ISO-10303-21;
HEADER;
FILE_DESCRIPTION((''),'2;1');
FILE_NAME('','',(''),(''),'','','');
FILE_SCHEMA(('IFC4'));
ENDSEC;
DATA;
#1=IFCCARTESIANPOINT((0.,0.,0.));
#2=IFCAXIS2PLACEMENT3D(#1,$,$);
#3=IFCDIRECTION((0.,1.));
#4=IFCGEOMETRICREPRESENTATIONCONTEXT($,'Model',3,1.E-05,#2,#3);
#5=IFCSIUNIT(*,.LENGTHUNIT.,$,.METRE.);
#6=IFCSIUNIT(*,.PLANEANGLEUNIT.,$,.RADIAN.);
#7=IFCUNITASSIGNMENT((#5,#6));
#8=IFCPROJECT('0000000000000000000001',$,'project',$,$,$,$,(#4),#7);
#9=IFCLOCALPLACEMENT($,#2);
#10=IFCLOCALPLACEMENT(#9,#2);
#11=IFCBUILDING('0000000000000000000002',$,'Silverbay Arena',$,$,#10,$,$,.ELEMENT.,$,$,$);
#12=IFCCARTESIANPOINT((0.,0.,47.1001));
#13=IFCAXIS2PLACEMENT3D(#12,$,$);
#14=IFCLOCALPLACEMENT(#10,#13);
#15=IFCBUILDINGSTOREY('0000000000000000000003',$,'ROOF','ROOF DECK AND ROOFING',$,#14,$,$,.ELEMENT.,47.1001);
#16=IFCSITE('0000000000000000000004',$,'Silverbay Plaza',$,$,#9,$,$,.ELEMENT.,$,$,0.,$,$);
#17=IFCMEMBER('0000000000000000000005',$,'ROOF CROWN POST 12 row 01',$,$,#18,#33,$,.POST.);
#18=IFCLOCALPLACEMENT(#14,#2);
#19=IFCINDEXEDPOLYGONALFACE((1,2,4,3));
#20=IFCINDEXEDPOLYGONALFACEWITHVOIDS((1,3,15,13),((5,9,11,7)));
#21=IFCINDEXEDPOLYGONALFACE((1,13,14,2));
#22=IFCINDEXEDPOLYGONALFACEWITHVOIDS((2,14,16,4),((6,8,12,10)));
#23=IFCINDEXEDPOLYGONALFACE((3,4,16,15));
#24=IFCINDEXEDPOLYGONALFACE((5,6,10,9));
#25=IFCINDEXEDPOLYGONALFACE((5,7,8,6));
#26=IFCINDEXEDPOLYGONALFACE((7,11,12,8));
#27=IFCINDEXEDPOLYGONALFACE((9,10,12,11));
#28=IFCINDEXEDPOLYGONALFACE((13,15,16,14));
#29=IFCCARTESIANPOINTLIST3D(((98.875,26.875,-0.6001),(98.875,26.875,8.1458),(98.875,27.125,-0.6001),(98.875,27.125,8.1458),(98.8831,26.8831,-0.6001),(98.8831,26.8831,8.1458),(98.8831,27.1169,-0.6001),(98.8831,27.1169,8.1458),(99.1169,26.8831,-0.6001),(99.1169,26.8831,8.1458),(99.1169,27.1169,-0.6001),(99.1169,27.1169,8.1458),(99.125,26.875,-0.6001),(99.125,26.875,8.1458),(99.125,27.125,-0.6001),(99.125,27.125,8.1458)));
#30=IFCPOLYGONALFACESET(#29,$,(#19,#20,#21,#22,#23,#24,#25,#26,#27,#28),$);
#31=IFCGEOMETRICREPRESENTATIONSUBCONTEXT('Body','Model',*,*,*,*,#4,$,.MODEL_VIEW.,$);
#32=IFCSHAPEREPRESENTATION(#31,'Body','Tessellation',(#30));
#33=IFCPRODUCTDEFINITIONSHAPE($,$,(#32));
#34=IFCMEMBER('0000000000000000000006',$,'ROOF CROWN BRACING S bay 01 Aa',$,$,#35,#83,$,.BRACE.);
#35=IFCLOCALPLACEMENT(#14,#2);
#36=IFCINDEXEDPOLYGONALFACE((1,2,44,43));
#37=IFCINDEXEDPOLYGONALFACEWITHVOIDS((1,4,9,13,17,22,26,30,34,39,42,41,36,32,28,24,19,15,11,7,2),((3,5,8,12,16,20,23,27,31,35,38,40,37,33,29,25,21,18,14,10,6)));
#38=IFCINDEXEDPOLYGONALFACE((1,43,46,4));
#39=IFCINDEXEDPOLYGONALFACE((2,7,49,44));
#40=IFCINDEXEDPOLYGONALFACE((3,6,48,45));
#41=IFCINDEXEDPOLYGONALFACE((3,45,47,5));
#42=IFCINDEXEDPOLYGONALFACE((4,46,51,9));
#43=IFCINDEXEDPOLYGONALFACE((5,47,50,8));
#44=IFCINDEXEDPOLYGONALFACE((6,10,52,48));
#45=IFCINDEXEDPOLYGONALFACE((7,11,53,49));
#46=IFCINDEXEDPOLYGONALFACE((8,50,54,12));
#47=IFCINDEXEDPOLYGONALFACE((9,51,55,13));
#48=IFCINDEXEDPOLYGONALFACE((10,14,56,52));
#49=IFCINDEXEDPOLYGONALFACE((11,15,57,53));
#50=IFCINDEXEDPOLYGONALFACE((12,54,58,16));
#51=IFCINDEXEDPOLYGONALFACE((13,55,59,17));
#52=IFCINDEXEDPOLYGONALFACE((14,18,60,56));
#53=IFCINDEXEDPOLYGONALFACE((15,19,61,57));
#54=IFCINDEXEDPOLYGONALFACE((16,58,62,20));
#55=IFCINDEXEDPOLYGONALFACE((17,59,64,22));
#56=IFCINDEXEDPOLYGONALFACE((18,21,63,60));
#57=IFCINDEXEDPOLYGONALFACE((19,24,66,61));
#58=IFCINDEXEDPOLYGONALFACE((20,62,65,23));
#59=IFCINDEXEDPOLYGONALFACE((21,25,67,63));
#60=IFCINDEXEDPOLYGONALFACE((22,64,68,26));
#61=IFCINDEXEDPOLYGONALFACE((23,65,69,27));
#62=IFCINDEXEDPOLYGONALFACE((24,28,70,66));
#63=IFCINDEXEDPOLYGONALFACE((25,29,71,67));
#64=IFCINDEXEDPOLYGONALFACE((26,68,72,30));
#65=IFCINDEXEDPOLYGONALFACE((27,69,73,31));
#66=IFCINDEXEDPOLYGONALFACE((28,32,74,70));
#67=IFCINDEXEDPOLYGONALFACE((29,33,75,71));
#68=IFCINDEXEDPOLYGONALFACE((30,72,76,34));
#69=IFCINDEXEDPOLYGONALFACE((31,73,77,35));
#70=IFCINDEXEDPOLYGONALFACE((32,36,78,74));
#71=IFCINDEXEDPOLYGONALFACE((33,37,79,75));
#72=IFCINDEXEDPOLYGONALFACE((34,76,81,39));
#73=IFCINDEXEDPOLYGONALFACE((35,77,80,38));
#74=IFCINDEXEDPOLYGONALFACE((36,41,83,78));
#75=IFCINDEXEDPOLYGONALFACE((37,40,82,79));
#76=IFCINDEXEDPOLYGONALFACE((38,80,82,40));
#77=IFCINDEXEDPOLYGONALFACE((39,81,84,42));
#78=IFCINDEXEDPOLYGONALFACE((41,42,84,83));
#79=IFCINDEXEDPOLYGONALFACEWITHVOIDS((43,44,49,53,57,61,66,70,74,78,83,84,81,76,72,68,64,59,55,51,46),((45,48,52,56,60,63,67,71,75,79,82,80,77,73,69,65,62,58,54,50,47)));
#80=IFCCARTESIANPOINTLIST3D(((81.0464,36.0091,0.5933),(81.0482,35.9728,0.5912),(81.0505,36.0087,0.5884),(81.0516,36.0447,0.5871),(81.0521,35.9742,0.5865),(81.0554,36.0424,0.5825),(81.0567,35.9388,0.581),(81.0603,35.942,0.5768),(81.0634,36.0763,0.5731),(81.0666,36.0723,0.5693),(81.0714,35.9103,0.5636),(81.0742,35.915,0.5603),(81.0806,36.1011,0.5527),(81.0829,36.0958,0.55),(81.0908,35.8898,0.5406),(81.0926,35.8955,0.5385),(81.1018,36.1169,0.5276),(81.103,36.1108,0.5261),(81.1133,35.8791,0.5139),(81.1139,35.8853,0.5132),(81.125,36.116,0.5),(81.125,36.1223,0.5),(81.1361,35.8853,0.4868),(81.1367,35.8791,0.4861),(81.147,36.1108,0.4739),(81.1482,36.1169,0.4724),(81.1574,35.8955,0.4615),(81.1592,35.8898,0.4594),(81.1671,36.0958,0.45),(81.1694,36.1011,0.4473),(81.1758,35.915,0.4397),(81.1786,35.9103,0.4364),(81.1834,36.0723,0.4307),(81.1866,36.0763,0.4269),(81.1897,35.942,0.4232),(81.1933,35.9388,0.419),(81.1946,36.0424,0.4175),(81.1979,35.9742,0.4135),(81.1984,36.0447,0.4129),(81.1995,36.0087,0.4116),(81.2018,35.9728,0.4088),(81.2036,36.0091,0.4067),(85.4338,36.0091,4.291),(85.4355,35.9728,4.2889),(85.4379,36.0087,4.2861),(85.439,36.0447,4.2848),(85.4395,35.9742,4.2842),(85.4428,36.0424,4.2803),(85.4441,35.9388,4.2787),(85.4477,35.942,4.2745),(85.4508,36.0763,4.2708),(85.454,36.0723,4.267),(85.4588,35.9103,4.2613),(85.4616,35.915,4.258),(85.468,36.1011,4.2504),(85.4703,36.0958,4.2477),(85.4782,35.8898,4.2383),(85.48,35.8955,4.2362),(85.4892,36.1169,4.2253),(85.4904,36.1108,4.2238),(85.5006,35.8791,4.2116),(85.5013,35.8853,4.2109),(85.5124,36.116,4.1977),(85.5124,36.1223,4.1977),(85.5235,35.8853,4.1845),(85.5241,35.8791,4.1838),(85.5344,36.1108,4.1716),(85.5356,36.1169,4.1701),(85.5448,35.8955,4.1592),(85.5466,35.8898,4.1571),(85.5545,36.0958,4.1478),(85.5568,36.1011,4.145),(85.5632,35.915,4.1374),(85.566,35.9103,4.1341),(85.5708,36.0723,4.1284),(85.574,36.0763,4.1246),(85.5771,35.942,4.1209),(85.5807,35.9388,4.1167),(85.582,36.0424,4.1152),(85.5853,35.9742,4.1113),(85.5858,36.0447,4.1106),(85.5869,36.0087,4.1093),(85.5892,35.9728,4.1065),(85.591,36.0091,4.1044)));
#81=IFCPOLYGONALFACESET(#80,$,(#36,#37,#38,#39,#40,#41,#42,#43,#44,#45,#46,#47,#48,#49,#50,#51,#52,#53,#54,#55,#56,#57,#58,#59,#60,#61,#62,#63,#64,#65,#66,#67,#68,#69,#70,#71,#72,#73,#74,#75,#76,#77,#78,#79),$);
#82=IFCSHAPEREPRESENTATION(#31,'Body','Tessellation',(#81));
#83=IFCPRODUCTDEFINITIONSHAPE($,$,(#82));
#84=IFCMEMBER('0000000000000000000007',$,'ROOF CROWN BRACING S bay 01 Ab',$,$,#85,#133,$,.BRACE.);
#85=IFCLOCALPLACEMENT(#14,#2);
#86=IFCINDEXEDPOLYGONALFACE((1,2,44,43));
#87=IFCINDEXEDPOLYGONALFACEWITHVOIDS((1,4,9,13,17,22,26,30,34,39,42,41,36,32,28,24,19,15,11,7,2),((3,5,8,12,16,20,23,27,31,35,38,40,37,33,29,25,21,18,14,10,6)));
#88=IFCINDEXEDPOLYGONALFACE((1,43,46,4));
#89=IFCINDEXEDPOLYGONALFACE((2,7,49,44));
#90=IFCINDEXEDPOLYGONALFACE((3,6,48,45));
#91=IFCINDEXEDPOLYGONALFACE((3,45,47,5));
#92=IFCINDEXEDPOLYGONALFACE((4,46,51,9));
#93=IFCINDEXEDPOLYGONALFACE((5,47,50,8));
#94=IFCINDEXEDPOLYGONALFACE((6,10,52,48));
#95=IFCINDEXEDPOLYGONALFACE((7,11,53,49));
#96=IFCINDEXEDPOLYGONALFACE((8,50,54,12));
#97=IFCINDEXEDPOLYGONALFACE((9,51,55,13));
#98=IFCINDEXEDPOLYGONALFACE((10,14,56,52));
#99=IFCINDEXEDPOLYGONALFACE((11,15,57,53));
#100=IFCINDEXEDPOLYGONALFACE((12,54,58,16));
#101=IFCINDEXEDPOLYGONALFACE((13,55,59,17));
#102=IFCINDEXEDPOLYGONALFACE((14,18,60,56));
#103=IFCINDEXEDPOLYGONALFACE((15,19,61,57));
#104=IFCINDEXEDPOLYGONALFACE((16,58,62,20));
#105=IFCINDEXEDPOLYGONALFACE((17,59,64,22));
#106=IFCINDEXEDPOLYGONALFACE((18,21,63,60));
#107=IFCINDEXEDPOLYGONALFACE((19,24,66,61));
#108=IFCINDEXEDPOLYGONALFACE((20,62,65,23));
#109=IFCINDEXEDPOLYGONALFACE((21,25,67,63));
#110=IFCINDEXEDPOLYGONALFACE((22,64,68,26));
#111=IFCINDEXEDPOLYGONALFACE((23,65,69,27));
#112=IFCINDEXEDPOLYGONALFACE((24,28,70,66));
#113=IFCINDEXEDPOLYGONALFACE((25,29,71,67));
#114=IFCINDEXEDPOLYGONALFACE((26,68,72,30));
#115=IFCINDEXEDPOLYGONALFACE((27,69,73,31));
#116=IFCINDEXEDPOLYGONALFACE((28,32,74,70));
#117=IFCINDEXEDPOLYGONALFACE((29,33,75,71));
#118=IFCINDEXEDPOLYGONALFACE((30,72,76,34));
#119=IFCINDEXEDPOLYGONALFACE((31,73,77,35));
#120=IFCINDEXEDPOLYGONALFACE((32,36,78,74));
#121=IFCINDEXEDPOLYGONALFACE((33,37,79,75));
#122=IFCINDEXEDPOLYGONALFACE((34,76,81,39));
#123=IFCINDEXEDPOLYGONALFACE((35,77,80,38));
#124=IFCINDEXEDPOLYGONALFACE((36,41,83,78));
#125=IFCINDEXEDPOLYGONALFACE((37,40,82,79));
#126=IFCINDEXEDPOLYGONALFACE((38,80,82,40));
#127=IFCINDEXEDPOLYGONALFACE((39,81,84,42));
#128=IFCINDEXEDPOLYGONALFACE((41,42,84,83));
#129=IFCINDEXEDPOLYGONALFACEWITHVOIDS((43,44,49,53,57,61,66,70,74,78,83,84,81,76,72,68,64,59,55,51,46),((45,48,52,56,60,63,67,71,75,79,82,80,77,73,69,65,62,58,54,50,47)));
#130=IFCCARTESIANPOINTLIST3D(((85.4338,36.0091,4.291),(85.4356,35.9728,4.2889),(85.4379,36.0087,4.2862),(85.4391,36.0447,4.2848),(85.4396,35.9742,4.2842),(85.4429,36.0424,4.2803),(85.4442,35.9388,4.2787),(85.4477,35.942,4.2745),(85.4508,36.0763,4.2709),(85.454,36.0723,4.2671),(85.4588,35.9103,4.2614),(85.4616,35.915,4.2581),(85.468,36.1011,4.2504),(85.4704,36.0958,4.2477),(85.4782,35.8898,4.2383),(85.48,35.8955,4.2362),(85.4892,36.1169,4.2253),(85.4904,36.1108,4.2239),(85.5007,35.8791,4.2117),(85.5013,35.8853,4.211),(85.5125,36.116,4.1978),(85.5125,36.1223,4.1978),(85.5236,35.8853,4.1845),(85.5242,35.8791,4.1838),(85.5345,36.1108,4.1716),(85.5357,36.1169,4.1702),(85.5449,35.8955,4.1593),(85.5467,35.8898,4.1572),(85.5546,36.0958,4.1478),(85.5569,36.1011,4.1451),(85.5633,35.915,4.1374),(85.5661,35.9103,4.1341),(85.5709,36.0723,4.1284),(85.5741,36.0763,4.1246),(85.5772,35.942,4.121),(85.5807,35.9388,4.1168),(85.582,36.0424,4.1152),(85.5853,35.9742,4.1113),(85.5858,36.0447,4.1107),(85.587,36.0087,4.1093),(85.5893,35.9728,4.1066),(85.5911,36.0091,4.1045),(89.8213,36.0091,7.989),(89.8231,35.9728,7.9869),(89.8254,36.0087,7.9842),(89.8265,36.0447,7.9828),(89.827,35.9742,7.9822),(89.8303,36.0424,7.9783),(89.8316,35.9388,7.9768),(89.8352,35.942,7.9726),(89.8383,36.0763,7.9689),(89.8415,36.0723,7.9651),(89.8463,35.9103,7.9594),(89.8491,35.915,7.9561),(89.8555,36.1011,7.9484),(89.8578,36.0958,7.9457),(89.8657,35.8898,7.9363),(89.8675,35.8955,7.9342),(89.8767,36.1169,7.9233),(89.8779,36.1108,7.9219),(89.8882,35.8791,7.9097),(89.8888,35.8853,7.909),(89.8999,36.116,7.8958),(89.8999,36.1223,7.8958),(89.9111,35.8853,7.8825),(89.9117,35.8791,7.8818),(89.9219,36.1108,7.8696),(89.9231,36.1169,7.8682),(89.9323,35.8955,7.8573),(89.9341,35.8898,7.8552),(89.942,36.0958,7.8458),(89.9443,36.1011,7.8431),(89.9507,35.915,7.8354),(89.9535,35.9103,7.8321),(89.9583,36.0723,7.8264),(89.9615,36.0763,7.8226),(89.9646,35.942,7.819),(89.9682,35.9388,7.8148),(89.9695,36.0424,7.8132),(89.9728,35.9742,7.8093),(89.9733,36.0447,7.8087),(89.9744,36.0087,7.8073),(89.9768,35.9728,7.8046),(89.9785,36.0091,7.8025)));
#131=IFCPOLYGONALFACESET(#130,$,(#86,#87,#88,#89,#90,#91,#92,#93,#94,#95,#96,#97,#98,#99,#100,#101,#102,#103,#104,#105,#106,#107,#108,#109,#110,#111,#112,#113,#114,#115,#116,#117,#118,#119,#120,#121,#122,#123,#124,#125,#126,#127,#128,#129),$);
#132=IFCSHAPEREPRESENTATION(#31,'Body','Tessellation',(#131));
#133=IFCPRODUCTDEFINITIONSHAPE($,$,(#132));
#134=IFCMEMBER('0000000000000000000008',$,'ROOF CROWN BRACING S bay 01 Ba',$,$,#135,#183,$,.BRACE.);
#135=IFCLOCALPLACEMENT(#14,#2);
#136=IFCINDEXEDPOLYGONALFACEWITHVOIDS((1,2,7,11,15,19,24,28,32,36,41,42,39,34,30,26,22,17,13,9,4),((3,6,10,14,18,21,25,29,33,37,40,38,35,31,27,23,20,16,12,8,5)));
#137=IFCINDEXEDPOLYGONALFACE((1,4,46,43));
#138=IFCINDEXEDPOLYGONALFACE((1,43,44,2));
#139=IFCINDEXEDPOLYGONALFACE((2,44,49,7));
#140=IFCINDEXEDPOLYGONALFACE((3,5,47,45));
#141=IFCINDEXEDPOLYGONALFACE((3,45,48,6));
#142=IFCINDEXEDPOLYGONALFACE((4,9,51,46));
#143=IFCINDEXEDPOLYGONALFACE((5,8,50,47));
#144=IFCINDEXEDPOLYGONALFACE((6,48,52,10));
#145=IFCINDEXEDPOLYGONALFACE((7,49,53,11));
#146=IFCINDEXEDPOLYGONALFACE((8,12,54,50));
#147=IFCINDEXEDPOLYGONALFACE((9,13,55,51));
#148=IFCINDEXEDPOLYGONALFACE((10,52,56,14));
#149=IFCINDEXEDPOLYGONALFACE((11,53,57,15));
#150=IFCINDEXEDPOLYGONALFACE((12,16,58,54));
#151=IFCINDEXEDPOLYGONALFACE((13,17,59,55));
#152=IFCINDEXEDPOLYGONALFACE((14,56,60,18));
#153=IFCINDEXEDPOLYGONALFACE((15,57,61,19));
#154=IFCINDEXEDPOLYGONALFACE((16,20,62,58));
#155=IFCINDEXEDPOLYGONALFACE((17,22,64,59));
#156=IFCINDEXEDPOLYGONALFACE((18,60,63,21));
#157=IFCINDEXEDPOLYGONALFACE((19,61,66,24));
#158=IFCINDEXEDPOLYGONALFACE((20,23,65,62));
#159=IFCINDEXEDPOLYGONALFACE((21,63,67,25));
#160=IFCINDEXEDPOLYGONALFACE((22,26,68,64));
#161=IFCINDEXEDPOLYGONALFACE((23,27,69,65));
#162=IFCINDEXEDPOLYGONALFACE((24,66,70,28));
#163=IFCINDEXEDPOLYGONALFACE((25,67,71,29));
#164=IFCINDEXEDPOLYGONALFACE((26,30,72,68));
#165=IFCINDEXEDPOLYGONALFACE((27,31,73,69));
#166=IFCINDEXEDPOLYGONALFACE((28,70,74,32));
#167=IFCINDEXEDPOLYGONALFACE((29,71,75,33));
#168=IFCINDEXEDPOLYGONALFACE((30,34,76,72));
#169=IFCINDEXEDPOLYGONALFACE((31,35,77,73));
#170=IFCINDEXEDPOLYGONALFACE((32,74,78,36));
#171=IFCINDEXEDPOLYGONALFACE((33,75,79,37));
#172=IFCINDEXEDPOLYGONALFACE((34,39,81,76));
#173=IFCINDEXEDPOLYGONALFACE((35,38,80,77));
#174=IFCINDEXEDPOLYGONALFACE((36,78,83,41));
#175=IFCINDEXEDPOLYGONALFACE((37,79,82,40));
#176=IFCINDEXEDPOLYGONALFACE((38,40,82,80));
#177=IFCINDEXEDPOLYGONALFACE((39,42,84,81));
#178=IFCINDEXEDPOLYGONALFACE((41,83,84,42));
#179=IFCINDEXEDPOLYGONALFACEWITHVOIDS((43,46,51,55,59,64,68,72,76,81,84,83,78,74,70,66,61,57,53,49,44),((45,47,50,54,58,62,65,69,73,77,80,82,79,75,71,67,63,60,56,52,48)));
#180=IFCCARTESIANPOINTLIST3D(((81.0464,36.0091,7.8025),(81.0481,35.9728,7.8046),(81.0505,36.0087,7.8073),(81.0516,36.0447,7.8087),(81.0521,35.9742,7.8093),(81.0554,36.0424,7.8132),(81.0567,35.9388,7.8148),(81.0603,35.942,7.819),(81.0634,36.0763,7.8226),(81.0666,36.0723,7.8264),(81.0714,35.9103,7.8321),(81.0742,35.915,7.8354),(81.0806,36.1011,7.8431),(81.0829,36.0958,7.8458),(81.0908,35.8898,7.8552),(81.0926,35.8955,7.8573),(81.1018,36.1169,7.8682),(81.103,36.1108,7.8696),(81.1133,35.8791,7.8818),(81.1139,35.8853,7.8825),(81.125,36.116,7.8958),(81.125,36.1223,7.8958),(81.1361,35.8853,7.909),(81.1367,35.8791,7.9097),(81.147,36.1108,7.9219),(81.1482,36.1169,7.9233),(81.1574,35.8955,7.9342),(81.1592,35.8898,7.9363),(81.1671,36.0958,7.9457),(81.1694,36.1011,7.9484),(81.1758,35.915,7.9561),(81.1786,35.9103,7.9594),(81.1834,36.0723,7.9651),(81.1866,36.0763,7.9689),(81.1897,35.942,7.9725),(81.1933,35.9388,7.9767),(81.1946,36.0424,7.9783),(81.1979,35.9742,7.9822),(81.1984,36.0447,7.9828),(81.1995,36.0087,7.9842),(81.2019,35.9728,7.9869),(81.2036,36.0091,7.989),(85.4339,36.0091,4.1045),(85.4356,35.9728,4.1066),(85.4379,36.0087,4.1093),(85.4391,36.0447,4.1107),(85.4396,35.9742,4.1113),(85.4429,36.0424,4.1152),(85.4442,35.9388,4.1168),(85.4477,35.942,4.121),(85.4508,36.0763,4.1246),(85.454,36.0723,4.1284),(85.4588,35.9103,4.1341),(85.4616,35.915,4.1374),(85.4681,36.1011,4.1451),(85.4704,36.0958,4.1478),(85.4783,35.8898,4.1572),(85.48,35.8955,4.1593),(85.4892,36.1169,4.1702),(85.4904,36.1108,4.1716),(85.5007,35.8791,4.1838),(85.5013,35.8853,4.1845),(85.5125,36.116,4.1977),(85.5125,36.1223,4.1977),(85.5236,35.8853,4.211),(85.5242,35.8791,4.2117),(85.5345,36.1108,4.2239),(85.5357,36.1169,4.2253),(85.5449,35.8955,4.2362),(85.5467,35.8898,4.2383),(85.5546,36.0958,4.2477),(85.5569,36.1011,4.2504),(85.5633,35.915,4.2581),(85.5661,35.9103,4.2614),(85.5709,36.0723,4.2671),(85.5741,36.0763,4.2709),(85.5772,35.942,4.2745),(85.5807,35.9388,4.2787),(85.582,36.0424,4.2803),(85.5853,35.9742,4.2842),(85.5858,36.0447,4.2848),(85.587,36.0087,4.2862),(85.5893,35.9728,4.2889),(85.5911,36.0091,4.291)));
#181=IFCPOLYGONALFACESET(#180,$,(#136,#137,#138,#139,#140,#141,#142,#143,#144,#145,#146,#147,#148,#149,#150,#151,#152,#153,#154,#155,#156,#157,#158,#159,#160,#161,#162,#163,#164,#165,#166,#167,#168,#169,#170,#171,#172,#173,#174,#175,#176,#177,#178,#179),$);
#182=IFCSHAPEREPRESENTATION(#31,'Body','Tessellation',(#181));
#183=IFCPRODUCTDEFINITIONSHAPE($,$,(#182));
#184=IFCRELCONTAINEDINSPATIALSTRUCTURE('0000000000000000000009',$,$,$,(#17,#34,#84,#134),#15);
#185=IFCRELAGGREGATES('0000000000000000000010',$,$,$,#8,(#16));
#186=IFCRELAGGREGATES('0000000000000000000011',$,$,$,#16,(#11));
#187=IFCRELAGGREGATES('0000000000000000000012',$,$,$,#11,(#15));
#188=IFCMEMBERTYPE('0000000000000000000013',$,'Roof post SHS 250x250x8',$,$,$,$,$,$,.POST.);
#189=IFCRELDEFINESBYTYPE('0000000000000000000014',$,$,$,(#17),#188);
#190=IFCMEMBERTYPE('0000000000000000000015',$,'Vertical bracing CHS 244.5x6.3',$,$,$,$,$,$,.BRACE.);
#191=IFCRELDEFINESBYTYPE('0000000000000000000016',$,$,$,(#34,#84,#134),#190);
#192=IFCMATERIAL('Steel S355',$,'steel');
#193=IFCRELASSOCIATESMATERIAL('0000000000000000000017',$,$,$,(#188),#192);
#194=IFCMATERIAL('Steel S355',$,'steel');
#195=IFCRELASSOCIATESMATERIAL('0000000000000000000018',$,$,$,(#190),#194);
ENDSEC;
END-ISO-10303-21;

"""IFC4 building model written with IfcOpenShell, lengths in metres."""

from ifc_helpers import new_model, si_unit, direction, frame, origin, origin_2d, place, context, subcontext, project, spatial, hollow_rectangle, hollow_circle, extrude, material, material_profile, profile_set, type_object, element, save


model = new_model("IFC4")

# Units and contexts
model_context = context("Model", 3, precision=1e-05, world=origin(), true_north=direction((0.0, 1.0)))
body_context = subcontext(model_context, "Body", "Model", "MODEL_VIEW")
ifc_project = project(units=[si_unit("LENGTHUNIT", "METRE"), si_unit("PLANEANGLEUNIT", "RADIAN")], contexts=[model_context])

# Site, building, storey
site_placement = place(None, origin())
site = spatial("IfcSite", under=ifc_project, at=site_placement, Name="Silverbay Plaza", CompositionType="ELEMENT", RefElevation=0.0)
building_placement = place(site_placement, origin())
building = spatial("IfcBuilding", under=site, at=building_placement, Name="Silverbay Arena", CompositionType="ELEMENT")
storey_placement = place(building_placement, frame((0.0, 0.0, 47.1001)))
storey = spatial("IfcBuildingStorey", under=building, at=storey_placement, Name="ROOF", Description="ROOF DECK AND ROOFING", CompositionType="ELEMENT", Elevation=47.1001)

# Members
ifc_material_1 = material(Name="Steel S355", Category="steel")
ifc_material_profile_1 = material_profile(ifc_material_1, hollow_rectangle(XDim=0.25, YDim=0.25, WallThickness=0.0081, at=origin_2d()), Name="SHS 250x250x8")
ifc_profile_set_1 = profile_set([ifc_material_profile_1], Name="Steel S355")
member_type_1 = type_object("IfcMemberType", Name="Roof post SHS 250x250x8", PredefinedType="POST", material=ifc_profile_set_1)
member_1_placement = place(storey_placement, frame((99.0, 27.0, -0.6001), z_axis=(0.0, 0.0, 1.0), x_axis=(1.0, 0.0, 0.0)))
element("IfcMember", 1, at=member_1_placement, inside=storey, type_object=member_type_1, Name="ROOF CROWN POST 12 row 01", PredefinedType="POST", context=body_context, shape_type="SweptSolid", body=[
    extrude(hollow_rectangle(XDim=0.25, YDim=0.25, WallThickness=0.0081, at=origin_2d()), origin(), (0.0, 0.0, 1.0), 8.7458),
])
ifc_material_2 = material(Name="Steel S355", Category="steel")
ifc_material_profile_2 = material_profile(ifc_material_2, hollow_circle(Radius=0.1223, WallThickness=0.0063, at=origin_2d()), Name="CHS 244.5x6.3")
ifc_profile_set_2 = profile_set([ifc_material_profile_2], Name="Steel S355")
member_type_2 = type_object("IfcMemberType", Name="Vertical bracing CHS 244.5x6.3", PredefinedType="BRACE", material=ifc_profile_set_2)
member_2_placement = place(storey_placement, frame((81.125, 36.0, 0.5), z_axis=(0.764649, 0.0, 0.644448), x_axis=(0.0, 1.0, 0.0)))
element("IfcMember", 2, at=member_2_placement, inside=storey, type_object=member_type_2, Name="ROOF CROWN BRACING S bay 01 Aa", PredefinedType="BRACE", context=body_context, shape_type="SweptSolid", body=[
    extrude(hollow_circle(Radius=0.1223, WallThickness=0.0063, at=origin_2d()), origin(), (0.0, 0.0, 1.0), 5.7378),
])
for number, where, z_axis, x_axis, name in (
    (3, (85.5125, 36.0, 4.1978), (0.764628, 0.0, 0.644472), (0.0, 1.0, 0.0), "ROOF CROWN BRACING S bay 01 Ab"),
    (4, (81.125, 36.0, 7.8958), (0.764628, 0.0, -0.644472), (0.0, 1.0, 0.0), "ROOF CROWN BRACING S bay 01 Ba"),
):
    element("IfcMember", number, at=place(storey_placement, frame(where, z_axis=z_axis, x_axis=x_axis)), inside=storey, type_object=member_type_2, Name=name, PredefinedType="BRACE", context=body_context, shape_type="SweptSolid", body=[
        extrude(hollow_circle(Radius=0.1223, WallThickness=0.0063, at=origin_2d()), origin(), (0.0, 0.0, 1.0), 5.738),
    ])

save(model, "model.ifc")
